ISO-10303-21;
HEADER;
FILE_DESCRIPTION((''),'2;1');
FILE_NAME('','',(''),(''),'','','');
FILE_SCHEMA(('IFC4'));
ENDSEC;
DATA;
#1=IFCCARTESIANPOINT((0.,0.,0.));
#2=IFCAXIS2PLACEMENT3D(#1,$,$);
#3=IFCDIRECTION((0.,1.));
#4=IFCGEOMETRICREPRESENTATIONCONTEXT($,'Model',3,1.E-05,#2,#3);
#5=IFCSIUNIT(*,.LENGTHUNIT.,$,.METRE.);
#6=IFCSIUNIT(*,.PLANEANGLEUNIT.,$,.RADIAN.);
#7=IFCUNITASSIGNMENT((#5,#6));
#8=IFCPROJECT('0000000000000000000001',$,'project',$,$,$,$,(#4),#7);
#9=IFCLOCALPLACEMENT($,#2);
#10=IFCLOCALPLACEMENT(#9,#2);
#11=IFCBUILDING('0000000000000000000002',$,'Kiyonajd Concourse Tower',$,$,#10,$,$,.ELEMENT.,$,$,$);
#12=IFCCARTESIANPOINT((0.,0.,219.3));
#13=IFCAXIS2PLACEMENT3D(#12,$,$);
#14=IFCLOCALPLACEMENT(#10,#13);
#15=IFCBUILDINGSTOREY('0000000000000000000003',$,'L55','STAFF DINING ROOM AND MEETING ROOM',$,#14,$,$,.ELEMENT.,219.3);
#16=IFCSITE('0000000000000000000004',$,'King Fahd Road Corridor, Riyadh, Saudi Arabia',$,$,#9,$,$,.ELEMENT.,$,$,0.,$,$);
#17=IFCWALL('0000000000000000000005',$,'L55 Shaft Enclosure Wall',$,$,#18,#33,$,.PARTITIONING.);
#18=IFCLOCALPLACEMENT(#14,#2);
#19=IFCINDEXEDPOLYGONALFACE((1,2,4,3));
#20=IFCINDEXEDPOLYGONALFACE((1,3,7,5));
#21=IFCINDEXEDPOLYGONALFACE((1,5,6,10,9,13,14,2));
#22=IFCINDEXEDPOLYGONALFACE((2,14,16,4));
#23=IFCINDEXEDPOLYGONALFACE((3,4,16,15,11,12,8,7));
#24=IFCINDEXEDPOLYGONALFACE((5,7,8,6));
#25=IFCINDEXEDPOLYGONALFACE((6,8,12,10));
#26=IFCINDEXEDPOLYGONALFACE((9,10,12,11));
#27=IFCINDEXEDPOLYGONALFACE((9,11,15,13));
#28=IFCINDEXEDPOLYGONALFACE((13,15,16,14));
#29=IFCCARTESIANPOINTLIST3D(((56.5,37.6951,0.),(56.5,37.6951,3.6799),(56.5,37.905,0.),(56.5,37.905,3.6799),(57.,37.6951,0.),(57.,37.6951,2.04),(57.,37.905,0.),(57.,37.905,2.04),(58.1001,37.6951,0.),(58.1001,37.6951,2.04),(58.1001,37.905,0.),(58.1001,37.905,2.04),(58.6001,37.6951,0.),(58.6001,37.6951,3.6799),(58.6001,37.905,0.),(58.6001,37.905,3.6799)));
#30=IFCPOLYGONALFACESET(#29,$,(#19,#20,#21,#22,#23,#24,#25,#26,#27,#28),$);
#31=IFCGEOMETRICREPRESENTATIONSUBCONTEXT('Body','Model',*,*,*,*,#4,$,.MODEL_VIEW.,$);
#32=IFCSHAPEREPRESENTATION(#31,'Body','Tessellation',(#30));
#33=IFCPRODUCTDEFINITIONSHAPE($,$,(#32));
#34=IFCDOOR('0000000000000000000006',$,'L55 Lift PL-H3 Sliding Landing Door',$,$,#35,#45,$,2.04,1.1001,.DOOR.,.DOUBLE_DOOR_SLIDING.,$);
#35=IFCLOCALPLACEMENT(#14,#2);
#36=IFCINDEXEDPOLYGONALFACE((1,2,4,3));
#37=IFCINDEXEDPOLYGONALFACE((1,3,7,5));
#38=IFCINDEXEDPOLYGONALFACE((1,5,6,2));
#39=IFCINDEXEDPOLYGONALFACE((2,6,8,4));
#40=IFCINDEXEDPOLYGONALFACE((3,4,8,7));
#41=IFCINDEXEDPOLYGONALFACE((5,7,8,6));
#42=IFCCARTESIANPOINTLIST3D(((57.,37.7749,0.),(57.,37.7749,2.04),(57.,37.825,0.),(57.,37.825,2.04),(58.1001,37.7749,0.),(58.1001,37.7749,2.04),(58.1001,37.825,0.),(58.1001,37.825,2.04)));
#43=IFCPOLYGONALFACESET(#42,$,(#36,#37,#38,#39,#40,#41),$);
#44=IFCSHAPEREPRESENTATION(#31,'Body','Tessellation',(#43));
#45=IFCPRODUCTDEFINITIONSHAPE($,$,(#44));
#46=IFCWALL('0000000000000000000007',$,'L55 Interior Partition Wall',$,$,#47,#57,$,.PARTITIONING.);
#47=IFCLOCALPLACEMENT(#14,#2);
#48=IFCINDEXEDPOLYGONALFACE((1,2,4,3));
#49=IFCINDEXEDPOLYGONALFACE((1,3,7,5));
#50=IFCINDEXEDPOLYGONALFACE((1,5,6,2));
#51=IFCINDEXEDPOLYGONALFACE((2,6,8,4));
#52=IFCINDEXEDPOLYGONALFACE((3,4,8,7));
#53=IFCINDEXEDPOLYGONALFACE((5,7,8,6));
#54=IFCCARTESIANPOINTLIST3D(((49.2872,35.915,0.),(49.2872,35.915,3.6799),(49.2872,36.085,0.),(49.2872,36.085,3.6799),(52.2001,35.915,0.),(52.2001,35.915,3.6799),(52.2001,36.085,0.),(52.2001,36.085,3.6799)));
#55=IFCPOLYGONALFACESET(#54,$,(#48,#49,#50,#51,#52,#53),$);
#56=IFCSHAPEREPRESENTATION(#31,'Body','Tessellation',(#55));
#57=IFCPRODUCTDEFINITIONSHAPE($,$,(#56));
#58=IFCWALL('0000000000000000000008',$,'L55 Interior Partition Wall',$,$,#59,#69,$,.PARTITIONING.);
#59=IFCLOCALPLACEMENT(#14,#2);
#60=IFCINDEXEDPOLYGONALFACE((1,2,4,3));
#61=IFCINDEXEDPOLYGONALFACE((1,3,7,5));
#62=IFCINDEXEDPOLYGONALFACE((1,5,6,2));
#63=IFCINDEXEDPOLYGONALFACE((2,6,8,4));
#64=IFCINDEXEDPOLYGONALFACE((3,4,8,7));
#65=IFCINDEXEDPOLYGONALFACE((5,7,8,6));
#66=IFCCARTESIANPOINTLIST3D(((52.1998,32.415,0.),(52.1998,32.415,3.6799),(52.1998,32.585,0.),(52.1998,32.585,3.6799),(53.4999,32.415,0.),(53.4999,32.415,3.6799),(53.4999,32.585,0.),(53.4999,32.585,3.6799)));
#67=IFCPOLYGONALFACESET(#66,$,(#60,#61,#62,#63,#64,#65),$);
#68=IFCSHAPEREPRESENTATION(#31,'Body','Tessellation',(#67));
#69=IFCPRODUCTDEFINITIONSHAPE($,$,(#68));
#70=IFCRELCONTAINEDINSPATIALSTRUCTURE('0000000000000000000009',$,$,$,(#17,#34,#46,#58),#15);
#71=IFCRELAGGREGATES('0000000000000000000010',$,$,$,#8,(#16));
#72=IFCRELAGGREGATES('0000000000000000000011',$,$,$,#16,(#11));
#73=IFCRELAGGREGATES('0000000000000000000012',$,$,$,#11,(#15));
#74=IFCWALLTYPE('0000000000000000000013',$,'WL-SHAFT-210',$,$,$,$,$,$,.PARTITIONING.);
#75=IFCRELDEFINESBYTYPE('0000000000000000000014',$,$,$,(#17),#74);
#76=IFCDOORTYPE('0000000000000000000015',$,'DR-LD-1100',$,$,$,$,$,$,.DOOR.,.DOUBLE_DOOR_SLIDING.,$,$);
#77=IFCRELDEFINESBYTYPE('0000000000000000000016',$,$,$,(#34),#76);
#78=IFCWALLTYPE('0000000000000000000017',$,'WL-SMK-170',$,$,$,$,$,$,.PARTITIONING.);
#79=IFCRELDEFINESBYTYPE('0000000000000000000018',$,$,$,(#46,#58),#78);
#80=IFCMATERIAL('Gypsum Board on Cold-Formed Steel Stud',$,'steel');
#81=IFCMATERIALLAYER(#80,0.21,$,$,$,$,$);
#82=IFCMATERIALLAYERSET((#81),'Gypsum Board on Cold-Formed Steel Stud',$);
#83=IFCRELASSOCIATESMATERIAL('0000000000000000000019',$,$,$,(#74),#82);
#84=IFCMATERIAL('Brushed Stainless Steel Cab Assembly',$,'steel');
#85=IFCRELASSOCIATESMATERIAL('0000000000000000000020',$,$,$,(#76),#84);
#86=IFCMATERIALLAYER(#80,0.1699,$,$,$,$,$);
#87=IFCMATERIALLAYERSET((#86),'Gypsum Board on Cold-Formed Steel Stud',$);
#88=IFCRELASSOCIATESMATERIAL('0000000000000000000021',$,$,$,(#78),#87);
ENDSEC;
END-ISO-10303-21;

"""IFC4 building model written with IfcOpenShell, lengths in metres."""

from ifc_helpers import new_model, si_unit, direction, frame, frame_2d, origin, place, context, subcontext, project, spatial, rectangle, extrude, material, layer, layer_set, type_object, element, fill, save


model = new_model("IFC4")

# Units and contexts
model_context = context("Model", 3, precision=1e-05, world=origin(), true_north=direction((0.0, 1.0)))
body_context = subcontext(model_context, "Body", "Model", "MODEL_VIEW")
ifc_project = project(units=[si_unit("LENGTHUNIT", "METRE"), si_unit("PLANEANGLEUNIT", "RADIAN")], contexts=[model_context])

# Site, building, storey
site_placement = place(None, origin())
site = spatial("IfcSite", under=ifc_project, at=site_placement, Name="King Fahd Road Corridor, Riyadh, Saudi Arabia", CompositionType="ELEMENT", RefElevation=0.0)
building_placement = place(site_placement, origin())
building = spatial("IfcBuilding", under=site, at=building_placement, Name="Kiyonajd Concourse Tower", CompositionType="ELEMENT")
storey_placement = place(building_placement, frame((0.0, 0.0, 219.3)))
storey = spatial("IfcBuildingStorey", under=building, at=storey_placement, Name="L55", Description="STAFF DINING ROOM AND MEETING ROOM", CompositionType="ELEMENT", Elevation=219.3)

# Shared definitions
ifc_material_1 = material(Name="Gypsum Board on Cold-Formed Steel Stud", Category="steel")

# Shared definitions
ifc_layer_1 = layer(ifc_material_1, 0.21)
ifc_layer_set_1 = layer_set([ifc_layer_1], Name="Gypsum Board on Cold-Formed Steel Stud")
wall_type_1 = type_object("IfcWallType", Name="WL-SHAFT-210", PredefinedType="PARTITIONING", material=ifc_layer_set_1)
ifc_material_2 = material(Name="Brushed Stainless Steel Cab Assembly", Category="steel")

# Wall, opening, door
door_type_1 = type_object("IfcDoorType", Name="DR-LD-1100", OperationType="DOUBLE_DOOR_SLIDING", PredefinedType="DOOR", material=ifc_material_2)
wall_1_placement = place(storey_placement, frame((56.5, 37.8, 0.0), z_axis=(0.0, 0.0, 1.0), x_axis=(1.0, 0.0, 0.0)))
wall_1 = element("IfcWall", 1, at=wall_1_placement, inside=storey, type_object=wall_type_1, Name="L55 Shaft Enclosure Wall", PredefinedType="PARTITIONING", context=body_context, shape_type="SweptSolid", body=[
    extrude(rectangle(XDim=2.1001, YDim=0.21, at=frame_2d((1.05, 0.0))), origin(), (0.0, 0.0, 1.0), 3.6799),
])
opening_1_placement = place(wall_1_placement, frame((0.5, 0.0, 0.0)))
opening_1 = element("IfcOpeningElement", 2, at=opening_1_placement, cuts=wall_1, PredefinedType="OPENING", context=body_context, shape_type="SweptSolid", body=[
    extrude(rectangle(XDim=1.1001, YDim=2.04, at=frame_2d((0.55, 1.02))), frame((0.0, 0.115, 0.0), z_axis=(0.0, -1.0, 0.0), x_axis=(1.0, 0.0, 0.0)), (0.0, 0.0, 1.0), 0.23),
])
door_1_placement = place(opening_1_placement, origin())
door_1 = element("IfcDoor", 3, at=door_1_placement, inside=storey, type_object=door_type_1, Name="L55 Lift PL-H3 Sliding Landing Door", OperationType="DOUBLE_DOOR_SLIDING", OverallHeight=2.04, OverallWidth=1.1001, PredefinedType="DOOR", context=body_context, shape_type="SweptSolid", body=[
    extrude(rectangle(XDim=1.1001, YDim=2.04, at=frame_2d((0.55, 1.02))), frame((0.0, 0.0249, 0.0), z_axis=(0.0, -1.0, 0.0), x_axis=(1.0, 0.0, 0.0)), (0.0, 0.0, 1.0), 0.05),
])
fill(opening_1, door_1)

# Walls
ifc_layer_2 = layer(ifc_material_1, 0.1699)
ifc_layer_set_2 = layer_set([ifc_layer_2], Name="Gypsum Board on Cold-Formed Steel Stud")
wall_type_2 = type_object("IfcWallType", Name="WL-SMK-170", PredefinedType="PARTITIONING", material=ifc_layer_set_2)
wall_2_placement = place(storey_placement, frame((49.2871, 36.0, 0.0), z_axis=(0.0, 0.0, 1.0), x_axis=(1.0, 0.0, 0.0)))
element("IfcWall", 4, at=wall_2_placement, inside=storey, type_object=wall_type_2, Name="L55 Interior Partition Wall", PredefinedType="PARTITIONING", context=body_context, shape_type="SweptSolid", body=[
    extrude(rectangle(XDim=2.9128, YDim=0.1699, at=frame_2d((1.4565, 0.0))), origin(), (0.0, 0.0, 1.0), 3.6799),
])
wall_3_placement = place(storey_placement, frame((52.2, 32.5, 0.0), z_axis=(0.0, 0.0, 1.0), x_axis=(1.0, 0.0, 0.0)))
element("IfcWall", 5, at=wall_3_placement, inside=storey, type_object=wall_type_2, Name="L55 Interior Partition Wall", PredefinedType="PARTITIONING", context=body_context, shape_type="SweptSolid", body=[
    extrude(rectangle(XDim=1.3, YDim=0.1699, at=frame_2d((0.6499, 0.0))), origin(), (0.0, 0.0, 1.0), 3.6799),
])

save(model, "model.ifc")
